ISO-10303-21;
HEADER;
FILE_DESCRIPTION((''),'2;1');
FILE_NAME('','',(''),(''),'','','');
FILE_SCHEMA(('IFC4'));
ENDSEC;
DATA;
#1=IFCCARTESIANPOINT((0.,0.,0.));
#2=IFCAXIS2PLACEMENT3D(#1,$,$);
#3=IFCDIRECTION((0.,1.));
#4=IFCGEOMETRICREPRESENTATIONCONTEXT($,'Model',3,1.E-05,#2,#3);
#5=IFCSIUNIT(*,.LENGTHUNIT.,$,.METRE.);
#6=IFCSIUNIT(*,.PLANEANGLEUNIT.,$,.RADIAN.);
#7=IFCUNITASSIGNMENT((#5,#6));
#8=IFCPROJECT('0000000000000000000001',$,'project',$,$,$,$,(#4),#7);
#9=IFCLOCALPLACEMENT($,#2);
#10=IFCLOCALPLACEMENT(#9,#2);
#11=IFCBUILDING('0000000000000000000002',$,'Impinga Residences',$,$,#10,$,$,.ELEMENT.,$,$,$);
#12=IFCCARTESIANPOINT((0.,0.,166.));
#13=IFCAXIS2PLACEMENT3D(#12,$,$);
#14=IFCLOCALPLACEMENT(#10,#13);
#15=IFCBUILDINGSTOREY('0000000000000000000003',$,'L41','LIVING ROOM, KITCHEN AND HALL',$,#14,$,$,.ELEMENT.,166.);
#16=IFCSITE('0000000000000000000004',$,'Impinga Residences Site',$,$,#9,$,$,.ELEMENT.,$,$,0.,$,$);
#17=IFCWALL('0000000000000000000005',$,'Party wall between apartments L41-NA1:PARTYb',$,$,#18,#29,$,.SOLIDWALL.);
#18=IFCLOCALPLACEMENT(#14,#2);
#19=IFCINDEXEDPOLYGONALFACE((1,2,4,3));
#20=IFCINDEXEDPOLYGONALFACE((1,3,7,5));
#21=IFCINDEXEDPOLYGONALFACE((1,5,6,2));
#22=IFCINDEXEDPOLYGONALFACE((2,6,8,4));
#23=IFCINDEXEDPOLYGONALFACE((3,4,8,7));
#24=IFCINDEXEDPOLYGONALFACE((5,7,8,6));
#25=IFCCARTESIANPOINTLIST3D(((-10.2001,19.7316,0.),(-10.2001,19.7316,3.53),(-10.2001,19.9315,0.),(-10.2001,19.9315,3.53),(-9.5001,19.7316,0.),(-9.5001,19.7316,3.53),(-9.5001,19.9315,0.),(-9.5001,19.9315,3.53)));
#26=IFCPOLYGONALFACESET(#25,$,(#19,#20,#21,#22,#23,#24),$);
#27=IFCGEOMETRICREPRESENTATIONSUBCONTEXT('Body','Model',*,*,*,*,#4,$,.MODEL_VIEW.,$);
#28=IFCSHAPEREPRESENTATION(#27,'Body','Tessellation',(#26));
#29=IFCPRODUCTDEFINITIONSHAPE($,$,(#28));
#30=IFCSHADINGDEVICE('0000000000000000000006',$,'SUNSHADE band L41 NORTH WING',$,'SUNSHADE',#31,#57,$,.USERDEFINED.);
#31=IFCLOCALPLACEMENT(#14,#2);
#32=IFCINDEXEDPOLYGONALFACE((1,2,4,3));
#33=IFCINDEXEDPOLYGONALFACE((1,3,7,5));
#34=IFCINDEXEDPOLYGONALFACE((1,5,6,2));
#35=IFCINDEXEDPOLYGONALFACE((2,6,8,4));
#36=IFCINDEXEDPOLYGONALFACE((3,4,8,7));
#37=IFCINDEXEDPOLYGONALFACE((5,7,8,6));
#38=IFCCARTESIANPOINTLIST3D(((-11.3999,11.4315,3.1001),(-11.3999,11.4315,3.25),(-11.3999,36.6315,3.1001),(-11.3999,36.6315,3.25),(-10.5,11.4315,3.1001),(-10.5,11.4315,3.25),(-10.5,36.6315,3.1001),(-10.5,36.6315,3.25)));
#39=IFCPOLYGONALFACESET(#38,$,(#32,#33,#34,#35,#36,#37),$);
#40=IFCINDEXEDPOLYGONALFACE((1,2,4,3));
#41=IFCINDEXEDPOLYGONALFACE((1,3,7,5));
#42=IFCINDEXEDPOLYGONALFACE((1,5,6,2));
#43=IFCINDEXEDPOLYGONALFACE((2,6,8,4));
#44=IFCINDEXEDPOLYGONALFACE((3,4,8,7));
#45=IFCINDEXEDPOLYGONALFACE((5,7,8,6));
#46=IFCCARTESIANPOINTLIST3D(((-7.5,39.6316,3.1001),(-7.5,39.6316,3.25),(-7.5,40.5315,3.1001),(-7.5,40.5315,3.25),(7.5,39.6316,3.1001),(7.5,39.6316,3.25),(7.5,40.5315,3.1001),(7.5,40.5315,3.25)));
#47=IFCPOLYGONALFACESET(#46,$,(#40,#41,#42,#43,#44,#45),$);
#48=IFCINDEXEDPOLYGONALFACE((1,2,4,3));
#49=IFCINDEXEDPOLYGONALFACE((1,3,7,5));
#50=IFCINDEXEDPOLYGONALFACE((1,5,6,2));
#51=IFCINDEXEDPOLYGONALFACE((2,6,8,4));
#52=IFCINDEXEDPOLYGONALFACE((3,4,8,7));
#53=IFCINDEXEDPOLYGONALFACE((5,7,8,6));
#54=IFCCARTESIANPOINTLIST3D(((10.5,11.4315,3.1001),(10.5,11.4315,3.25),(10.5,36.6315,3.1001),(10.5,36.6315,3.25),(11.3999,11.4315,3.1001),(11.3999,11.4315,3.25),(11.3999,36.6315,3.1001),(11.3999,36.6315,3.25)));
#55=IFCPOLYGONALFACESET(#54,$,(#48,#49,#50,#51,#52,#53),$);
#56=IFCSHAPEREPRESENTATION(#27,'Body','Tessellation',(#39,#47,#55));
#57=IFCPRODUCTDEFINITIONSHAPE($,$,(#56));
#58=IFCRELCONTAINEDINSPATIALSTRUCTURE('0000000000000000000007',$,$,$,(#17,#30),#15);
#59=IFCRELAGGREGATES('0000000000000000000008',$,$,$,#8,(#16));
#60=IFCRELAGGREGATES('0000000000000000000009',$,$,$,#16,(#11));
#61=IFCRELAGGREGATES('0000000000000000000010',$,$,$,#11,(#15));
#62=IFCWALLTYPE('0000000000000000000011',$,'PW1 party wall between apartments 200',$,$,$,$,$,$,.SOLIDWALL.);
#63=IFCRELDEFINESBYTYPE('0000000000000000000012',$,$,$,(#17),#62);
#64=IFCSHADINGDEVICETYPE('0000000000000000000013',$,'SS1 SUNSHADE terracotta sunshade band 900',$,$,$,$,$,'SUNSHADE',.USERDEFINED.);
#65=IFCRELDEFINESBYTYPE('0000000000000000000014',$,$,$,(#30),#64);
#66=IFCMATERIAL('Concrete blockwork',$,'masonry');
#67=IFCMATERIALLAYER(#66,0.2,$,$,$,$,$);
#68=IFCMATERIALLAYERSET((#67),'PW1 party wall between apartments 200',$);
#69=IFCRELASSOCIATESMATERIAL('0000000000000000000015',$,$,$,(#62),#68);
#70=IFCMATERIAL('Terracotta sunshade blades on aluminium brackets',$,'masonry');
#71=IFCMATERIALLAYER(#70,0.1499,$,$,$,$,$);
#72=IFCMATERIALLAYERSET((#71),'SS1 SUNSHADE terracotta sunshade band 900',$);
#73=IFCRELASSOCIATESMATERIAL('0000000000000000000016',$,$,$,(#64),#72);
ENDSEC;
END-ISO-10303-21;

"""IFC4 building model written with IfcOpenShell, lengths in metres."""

from ifc_helpers import new_model, si_unit, direction, frame, frame_2d, origin, origin_2d, place, context, subcontext, project, spatial, rectangle, extrude, material, layer, layer_set, type_object, element, save


model = new_model("IFC4")

# Units and contexts
model_context = context("Model", 3, precision=1e-05, world=origin(), true_north=direction((0.0, 1.0)))
body_context = subcontext(model_context, "Body", "Model", "MODEL_VIEW")
ifc_project = project(units=[si_unit("LENGTHUNIT", "METRE"), si_unit("PLANEANGLEUNIT", "RADIAN")], contexts=[model_context])

# Site, building, storey
site_placement = place(None, origin())
site = spatial("IfcSite", under=ifc_project, at=site_placement, Name="Impinga Residences Site", CompositionType="ELEMENT", RefElevation=0.0)
building_placement = place(site_placement, origin())
building = spatial("IfcBuilding", under=site, at=building_placement, Name="Impinga Residences", CompositionType="ELEMENT")
storey_placement = place(building_placement, frame((0.0, 0.0, 166.0)))
storey = spatial("IfcBuildingStorey", under=building, at=storey_placement, Name="L41", Description="LIVING ROOM, KITCHEN AND HALL", CompositionType="ELEMENT", Elevation=166.0)

# Wall
ifc_material_1 = material(Name="Concrete blockwork", Category="masonry")
ifc_layer_1 = layer(ifc_material_1, 0.2)
ifc_layer_set_1 = layer_set([ifc_layer_1], Name="PW1 party wall between apartments 200")
wall_type_1 = type_object("IfcWallType", Name="PW1 party wall between apartments 200", PredefinedType="SOLIDWALL", material=ifc_layer_set_1)
wall_1_placement = place(storey_placement, frame((-9.5, 19.8315, 0.0), z_axis=(0.0, 0.0, 1.0), x_axis=(-1.0, 0.0, 0.0)))
element("IfcWall", 1, at=wall_1_placement, inside=storey, type_object=wall_type_1, Name="Party wall between apartments L41-NA1:PARTYb", PredefinedType="SOLIDWALL", context=body_context, shape_type="SweptSolid", body=[
    extrude(rectangle(XDim=0.7, YDim=0.2, at=frame_2d((0.3501, 0.0))), origin(), (0.0, 0.0, 1.0), 3.53),
])

# Shading device
ifc_material_2 = material(Name="Terracotta sunshade blades on aluminium brackets", Category="masonry")
ifc_layer_2 = layer(ifc_material_2, 0.1499)
ifc_layer_set_2 = layer_set([ifc_layer_2], Name="SS1 SUNSHADE terracotta sunshade band 900")
shading_device_type = type_object("IfcShadingDeviceType", Name="SS1 SUNSHADE terracotta sunshade band 900", ElementType="SUNSHADE", PredefinedType="USERDEFINED", material=ifc_layer_set_2)
shading_device_placement = place(storey_placement, frame((-10.95, 24.0315, 3.1001), z_axis=(0.0, 0.0, 1.0), x_axis=(0.0, 1.0, 0.0)))
element("IfcShadingDevice", 2, at=shading_device_placement, inside=storey, type_object=shading_device_type, Name="SUNSHADE band L41 NORTH WING", ObjectType="SUNSHADE", PredefinedType="USERDEFINED", context=body_context, shape_type="SweptSolid", body=[
    extrude(rectangle(XDim=25.2, YDim=0.8999, at=origin_2d()), origin(), (0.0, 0.0, 1.0), 0.1499),
    extrude(rectangle(XDim=15.0, YDim=0.8999, at=origin_2d()), frame((16.05, -10.95, 0.0), z_axis=(0.0, 0.0, 1.0), x_axis=(0.0, -1.0, 0.0)), (0.0, 0.0, 1.0), 0.1499),
    extrude(rectangle(XDim=25.2, YDim=0.8999, at=origin_2d()), frame((0.0, -21.8999, 0.0), z_axis=(0.0, 0.0, 1.0), x_axis=(-1.0, 0.0, 0.0)), (0.0, 0.0, 1.0), 0.1499),
])

save(model, "model.ifc")
